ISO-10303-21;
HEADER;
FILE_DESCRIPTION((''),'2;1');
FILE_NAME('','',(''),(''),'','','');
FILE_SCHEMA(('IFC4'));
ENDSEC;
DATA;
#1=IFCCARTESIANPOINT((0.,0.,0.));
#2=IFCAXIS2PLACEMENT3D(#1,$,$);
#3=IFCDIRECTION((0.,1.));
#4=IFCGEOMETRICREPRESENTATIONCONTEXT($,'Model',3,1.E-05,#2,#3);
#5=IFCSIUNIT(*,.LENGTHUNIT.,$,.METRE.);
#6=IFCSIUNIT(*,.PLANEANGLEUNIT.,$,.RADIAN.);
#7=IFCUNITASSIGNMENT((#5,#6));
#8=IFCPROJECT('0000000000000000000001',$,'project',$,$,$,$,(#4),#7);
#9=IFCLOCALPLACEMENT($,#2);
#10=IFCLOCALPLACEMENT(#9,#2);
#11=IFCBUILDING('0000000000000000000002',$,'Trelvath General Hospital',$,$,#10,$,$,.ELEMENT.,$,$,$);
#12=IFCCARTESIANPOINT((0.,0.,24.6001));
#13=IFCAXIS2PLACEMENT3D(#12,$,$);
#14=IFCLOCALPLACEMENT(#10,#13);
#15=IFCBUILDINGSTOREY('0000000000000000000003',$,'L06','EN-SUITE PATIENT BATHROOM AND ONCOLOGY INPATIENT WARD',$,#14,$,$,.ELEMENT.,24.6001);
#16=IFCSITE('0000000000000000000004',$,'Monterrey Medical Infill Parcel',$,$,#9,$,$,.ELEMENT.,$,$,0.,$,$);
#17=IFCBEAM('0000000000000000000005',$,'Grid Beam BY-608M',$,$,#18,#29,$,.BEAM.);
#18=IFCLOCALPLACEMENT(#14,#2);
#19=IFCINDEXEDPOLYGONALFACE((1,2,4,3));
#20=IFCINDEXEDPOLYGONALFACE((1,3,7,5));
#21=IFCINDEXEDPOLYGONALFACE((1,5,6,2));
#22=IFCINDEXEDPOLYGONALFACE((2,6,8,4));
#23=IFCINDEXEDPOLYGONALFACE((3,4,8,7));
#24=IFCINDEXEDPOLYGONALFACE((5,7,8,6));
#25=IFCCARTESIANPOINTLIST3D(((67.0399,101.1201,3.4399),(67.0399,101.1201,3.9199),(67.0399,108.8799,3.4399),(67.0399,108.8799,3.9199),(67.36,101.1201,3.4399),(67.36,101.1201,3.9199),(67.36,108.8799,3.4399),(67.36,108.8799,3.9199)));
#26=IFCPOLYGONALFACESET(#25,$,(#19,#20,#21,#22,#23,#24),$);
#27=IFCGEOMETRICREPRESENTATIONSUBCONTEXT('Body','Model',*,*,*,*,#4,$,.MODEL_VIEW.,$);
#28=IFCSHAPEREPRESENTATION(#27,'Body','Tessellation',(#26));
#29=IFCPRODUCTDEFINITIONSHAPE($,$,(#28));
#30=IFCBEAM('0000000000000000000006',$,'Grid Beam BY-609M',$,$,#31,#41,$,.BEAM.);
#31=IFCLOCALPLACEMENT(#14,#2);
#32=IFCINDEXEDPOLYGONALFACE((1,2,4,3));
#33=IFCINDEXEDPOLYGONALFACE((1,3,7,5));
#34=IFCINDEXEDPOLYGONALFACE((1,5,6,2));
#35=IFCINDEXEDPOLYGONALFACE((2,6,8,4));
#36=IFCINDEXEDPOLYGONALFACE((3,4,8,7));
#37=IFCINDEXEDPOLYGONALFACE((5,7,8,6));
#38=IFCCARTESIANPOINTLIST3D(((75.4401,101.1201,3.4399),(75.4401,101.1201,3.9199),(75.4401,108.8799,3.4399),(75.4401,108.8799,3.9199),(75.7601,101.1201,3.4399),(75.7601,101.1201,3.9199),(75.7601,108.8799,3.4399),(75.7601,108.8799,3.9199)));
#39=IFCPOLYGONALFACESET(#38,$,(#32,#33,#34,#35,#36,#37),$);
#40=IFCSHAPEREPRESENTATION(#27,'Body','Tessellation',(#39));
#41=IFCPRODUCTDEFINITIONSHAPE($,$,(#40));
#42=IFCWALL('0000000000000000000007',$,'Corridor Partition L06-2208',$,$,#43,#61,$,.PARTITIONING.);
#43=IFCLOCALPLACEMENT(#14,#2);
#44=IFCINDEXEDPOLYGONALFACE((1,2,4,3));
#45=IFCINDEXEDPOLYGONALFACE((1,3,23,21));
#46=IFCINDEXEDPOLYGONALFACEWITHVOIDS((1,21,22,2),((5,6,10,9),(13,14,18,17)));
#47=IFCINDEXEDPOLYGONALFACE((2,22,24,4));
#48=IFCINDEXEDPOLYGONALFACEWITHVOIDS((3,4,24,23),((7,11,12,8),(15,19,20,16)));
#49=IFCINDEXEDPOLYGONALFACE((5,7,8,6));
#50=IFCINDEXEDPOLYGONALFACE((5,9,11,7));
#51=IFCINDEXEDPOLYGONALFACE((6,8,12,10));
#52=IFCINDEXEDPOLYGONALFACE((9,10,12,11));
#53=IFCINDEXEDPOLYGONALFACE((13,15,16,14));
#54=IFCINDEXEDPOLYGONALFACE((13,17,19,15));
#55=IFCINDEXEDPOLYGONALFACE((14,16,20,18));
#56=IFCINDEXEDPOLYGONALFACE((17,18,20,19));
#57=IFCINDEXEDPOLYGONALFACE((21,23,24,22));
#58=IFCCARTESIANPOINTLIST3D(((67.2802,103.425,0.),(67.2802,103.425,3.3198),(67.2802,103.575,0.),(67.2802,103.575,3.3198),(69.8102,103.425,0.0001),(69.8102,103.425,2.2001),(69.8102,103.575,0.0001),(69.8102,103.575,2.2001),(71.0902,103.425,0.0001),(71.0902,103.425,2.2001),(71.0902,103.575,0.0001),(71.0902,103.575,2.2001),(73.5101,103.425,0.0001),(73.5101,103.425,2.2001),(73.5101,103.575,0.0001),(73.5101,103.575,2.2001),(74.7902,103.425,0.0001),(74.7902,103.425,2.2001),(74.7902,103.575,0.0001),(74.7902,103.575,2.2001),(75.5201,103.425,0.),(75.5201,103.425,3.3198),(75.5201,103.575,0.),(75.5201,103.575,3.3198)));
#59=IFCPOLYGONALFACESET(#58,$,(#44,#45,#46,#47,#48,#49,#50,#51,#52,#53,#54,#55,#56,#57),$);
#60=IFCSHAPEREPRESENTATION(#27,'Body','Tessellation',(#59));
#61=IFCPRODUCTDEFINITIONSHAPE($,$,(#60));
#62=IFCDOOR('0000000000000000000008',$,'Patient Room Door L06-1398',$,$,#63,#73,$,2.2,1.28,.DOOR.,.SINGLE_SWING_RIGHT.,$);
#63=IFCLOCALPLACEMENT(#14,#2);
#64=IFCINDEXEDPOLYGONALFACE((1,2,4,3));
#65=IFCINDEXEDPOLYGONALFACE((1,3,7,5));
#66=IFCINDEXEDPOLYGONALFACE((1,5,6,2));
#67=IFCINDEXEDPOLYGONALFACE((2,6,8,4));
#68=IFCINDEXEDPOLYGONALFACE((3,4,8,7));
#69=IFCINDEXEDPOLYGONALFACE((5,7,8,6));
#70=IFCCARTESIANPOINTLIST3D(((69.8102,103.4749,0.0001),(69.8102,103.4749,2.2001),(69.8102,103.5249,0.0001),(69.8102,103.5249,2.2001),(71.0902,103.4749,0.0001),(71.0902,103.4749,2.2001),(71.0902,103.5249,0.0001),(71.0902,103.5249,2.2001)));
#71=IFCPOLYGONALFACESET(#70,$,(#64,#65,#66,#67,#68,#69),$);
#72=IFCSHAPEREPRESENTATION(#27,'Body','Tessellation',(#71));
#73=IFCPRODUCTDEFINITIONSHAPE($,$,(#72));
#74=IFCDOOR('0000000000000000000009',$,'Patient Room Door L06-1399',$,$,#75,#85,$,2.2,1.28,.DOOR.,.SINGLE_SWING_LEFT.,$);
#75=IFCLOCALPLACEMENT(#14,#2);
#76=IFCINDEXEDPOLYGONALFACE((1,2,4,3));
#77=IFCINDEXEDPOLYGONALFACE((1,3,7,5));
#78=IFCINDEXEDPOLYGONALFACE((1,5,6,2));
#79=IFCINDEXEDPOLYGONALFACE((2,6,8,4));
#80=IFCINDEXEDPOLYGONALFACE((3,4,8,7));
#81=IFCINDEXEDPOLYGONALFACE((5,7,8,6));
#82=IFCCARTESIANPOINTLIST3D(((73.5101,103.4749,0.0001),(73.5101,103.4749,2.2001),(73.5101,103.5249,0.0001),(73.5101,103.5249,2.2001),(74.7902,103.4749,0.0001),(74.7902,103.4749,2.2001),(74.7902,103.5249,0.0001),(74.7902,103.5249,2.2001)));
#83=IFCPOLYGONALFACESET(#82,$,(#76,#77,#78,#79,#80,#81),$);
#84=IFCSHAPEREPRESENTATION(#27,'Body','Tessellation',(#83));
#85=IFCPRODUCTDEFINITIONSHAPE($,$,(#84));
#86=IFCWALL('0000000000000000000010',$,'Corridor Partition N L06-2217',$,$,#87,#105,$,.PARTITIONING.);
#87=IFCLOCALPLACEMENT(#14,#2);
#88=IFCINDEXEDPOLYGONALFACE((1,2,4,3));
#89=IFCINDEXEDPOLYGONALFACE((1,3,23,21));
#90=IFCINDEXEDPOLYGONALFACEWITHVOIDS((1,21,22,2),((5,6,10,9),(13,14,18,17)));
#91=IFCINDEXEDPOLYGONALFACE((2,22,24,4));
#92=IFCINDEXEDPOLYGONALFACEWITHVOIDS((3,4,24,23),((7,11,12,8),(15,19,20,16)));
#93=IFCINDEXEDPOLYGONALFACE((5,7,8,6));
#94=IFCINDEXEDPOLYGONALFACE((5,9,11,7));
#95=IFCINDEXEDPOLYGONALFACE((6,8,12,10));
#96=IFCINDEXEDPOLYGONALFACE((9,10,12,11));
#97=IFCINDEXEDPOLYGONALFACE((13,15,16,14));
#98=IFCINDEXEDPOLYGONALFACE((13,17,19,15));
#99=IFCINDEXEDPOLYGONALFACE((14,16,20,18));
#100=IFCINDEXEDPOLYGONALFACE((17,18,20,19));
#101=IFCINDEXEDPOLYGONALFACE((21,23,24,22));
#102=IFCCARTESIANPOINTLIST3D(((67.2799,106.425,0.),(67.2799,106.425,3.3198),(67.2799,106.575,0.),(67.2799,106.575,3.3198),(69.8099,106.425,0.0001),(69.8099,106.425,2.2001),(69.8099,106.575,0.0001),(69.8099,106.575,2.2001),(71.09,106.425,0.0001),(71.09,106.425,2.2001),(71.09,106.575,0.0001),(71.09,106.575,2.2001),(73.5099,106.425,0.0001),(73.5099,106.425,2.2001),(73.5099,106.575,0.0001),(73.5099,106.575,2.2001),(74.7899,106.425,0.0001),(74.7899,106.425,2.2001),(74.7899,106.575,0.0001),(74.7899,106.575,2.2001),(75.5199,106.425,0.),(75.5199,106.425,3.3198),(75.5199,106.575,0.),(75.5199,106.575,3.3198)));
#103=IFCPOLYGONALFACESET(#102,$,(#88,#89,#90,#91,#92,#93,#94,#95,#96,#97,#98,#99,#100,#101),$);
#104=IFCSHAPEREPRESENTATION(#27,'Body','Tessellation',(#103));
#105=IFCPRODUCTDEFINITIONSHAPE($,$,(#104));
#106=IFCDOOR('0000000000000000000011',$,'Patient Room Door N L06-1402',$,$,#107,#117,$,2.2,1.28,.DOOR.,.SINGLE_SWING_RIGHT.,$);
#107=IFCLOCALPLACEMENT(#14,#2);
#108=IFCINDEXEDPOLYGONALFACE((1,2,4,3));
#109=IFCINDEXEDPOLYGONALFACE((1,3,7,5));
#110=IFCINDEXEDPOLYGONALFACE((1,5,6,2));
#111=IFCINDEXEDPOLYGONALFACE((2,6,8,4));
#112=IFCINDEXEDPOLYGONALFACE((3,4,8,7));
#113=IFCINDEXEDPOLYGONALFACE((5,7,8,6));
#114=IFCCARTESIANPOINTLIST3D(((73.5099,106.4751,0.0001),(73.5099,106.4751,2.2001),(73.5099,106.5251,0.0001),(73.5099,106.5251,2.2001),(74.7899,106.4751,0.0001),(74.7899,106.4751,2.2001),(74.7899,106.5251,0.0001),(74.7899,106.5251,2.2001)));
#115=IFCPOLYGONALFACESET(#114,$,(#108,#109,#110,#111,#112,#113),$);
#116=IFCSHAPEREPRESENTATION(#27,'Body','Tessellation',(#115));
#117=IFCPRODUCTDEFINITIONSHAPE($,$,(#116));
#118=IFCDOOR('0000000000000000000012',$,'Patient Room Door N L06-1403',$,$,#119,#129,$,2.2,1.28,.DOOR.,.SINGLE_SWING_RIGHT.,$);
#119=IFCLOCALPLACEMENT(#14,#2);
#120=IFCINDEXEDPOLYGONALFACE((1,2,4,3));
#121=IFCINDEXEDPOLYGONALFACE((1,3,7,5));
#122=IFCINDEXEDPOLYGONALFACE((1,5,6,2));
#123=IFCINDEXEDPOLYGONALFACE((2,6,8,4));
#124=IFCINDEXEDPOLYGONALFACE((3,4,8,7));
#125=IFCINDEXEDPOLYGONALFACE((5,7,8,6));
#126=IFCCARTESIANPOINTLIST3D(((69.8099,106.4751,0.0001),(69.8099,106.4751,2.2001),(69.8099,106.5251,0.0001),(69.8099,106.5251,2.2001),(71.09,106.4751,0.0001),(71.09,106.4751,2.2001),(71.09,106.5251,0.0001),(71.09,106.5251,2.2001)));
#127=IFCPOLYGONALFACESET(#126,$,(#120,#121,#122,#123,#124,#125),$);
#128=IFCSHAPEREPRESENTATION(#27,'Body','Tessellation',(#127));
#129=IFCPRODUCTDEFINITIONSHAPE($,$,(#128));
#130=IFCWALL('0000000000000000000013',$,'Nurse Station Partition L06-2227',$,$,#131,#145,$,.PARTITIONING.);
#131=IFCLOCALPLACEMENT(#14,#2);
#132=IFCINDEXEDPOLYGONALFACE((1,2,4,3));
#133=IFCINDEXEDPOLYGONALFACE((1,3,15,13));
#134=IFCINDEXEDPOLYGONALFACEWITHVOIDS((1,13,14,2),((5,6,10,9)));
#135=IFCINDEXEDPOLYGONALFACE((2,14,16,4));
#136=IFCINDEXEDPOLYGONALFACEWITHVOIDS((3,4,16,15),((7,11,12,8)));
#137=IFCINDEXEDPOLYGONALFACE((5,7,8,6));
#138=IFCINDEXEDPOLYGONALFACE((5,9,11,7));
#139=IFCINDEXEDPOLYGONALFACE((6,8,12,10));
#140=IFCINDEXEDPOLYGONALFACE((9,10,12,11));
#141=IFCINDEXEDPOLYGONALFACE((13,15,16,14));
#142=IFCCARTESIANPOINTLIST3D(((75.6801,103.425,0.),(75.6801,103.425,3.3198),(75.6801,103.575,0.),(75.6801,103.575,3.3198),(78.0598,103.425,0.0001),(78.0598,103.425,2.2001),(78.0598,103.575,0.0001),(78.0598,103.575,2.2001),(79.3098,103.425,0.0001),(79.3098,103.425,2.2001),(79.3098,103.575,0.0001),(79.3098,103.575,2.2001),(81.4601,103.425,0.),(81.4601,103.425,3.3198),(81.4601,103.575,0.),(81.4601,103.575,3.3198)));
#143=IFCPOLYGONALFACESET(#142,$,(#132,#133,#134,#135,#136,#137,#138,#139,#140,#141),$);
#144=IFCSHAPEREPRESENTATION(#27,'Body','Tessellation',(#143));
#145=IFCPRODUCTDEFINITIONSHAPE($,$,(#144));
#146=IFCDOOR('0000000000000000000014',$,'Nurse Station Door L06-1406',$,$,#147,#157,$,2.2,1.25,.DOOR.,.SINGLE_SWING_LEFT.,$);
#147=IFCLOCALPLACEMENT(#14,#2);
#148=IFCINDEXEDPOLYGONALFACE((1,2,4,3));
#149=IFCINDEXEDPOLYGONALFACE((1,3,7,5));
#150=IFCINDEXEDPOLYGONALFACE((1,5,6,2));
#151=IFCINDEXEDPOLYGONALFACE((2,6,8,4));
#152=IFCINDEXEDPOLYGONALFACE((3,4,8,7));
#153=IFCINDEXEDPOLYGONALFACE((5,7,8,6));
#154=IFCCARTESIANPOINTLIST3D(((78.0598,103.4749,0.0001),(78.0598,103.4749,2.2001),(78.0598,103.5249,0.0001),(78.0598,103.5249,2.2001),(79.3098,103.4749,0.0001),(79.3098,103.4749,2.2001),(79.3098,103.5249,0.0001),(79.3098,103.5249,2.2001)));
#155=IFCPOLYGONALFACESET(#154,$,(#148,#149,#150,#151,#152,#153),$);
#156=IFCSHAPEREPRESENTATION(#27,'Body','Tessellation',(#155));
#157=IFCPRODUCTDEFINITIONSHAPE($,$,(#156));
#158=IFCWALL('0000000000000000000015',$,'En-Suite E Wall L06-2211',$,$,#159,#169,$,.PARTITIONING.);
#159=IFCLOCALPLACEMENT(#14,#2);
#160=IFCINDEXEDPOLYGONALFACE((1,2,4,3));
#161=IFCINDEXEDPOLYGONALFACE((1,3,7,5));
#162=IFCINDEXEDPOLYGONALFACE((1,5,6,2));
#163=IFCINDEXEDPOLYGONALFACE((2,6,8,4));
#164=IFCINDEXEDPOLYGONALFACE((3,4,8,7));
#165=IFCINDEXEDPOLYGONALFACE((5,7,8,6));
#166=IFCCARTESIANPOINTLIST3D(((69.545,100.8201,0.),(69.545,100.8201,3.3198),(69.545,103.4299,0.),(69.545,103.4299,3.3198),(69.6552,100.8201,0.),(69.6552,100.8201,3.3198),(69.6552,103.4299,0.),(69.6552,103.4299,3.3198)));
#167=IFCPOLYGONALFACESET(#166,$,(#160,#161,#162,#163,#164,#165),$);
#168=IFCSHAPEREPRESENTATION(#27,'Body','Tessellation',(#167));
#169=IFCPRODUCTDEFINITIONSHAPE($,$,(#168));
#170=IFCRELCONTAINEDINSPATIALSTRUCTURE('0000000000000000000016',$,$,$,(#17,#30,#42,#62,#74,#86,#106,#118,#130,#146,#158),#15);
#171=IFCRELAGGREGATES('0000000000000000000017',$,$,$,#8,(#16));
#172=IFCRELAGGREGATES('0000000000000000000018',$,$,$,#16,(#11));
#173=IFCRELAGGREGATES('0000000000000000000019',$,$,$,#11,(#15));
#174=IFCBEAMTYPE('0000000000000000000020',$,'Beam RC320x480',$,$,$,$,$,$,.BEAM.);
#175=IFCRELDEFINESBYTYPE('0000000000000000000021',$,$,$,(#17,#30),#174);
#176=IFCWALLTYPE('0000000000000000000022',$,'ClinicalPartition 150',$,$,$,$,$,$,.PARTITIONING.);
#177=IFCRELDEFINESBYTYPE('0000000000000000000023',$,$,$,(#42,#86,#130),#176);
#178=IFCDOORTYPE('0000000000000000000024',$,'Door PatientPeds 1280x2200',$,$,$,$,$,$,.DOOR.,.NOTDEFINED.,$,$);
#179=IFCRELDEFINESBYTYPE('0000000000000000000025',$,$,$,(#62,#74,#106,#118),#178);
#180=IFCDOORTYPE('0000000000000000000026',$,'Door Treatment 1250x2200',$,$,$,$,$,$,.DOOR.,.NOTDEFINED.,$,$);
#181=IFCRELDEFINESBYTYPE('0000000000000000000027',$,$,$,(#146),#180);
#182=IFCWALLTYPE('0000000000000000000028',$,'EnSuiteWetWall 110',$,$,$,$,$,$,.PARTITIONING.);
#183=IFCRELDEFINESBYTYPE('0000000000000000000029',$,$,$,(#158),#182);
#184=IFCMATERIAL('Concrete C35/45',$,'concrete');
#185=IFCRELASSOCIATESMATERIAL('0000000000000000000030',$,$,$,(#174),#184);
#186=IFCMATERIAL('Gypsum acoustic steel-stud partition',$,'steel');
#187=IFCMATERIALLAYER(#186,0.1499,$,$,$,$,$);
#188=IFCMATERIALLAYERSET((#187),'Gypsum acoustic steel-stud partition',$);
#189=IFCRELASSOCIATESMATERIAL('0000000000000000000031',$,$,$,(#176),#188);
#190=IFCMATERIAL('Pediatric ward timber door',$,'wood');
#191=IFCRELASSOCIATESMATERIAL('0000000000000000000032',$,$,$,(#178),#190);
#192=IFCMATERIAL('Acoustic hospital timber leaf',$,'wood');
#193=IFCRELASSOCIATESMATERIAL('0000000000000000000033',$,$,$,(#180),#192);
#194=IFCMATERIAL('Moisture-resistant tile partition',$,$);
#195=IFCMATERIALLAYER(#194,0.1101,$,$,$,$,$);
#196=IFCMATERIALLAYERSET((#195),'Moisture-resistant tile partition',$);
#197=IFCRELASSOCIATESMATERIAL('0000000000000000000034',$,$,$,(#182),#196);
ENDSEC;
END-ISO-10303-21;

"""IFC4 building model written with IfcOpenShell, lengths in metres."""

from ifc_helpers import new_model, si_unit, direction, frame, frame_2d, origin, origin_2d, place, context, subcontext, project, spatial, rectangle, extrude, material, layer, layer_set, material_profile, profile_set, type_object, element, fill, save


model = new_model("IFC4")

# Units and contexts
model_context = context("Model", 3, precision=1e-05, world=origin(), true_north=direction((0.0, 1.0)))
body_context = subcontext(model_context, "Body", "Model", "MODEL_VIEW")
ifc_project = project(units=[si_unit("LENGTHUNIT", "METRE"), si_unit("PLANEANGLEUNIT", "RADIAN")], contexts=[model_context])

# Site, building, storey
site_placement = place(None, origin())
site = spatial("IfcSite", under=ifc_project, at=site_placement, Name="Monterrey Medical Infill Parcel", CompositionType="ELEMENT", RefElevation=0.0)
building_placement = place(site_placement, origin())
building = spatial("IfcBuilding", under=site, at=building_placement, Name="Trelvath General Hospital", CompositionType="ELEMENT")
storey_placement = place(building_placement, frame((0.0, 0.0, 24.6001)))
storey = spatial("IfcBuildingStorey", under=building, at=storey_placement, Name="L06", Description="EN-SUITE PATIENT BATHROOM AND ONCOLOGY INPATIENT WARD", CompositionType="ELEMENT", Elevation=24.6001)

# Beams
ifc_material_1 = material(Name="Concrete C35/45", Category="concrete")
ifc_material_profile = material_profile(ifc_material_1, rectangle(XDim=0.3201, YDim=0.48, at=origin_2d()), Name="RCB320x480")
ifc_profile_set = profile_set([ifc_material_profile], Name="Concrete C35/45")
beam_type = type_object("IfcBeamType", Name="Beam RC320x480", PredefinedType="BEAM", material=ifc_profile_set)
for number, where, z_axis, x_axis, name in (
    (1, (67.2, 101.1201, 3.6799), (0.0, 1.0, 0.0), (-1.0, 0.0, 0.0), "Grid Beam BY-608M"),
    (2, (75.6001, 101.1201, 3.6799), (0.0, 1.0, 0.0), (-1.0, 0.0, 0.0), "Grid Beam BY-609M"),
):
    element("IfcBeam", number, at=place(storey_placement, frame(where, z_axis=z_axis, x_axis=x_axis)), inside=storey, type_object=beam_type, Name=name, PredefinedType="BEAM", context=body_context, shape_type="SweptSolid", body=[
        extrude(rectangle(XDim=0.3201, YDim=0.48, at=origin_2d()), origin(), (0.0, 0.0, 1.0), 7.7598),
    ])

# Walls, openings, doors
ifc_material_2 = material(Name="Gypsum acoustic steel-stud partition", Category="steel")
ifc_layer_1 = layer(ifc_material_2, 0.1499)
ifc_layer_set_1 = layer_set([ifc_layer_1], Name="Gypsum acoustic steel-stud partition")
wall_type_1 = type_object("IfcWallType", Name="ClinicalPartition 150", PredefinedType="PARTITIONING", material=ifc_layer_set_1)
wall_1_placement = place(storey_placement, frame((67.28, 103.5, 0.0), z_axis=(0.0, 0.0, 1.0), x_axis=(1.0, 0.0, 0.0)))
wall_1 = element("IfcWall", 3, at=wall_1_placement, inside=storey, type_object=wall_type_1, Name="Corridor Partition L06-2208", PredefinedType="PARTITIONING", context=body_context, shape_type="SweptSolid", body=[
    extrude(rectangle(XDim=8.24, YDim=0.1499, at=frame_2d((4.1201, 0.0))), origin(), (0.0, 0.0, 1.0), 3.3198),
])
opening_1_placement = place(wall_1_placement, frame((2.53, 0.0, 0.0)))
opening_1 = element("IfcOpeningElement", 4, at=opening_1_placement, cuts=wall_1, PredefinedType="OPENING", context=body_context, shape_type="SweptSolid", body=[
    extrude(rectangle(XDim=1.28, YDim=2.2, at=frame_2d((0.6401, 1.1001))), frame((0.0, 0.085, 0.0), z_axis=(0.0, -1.0, 0.0), x_axis=(1.0, 0.0, 0.0)), (0.0, 0.0, 1.0), 0.1699),
])
opening_2_placement = place(wall_1_placement, frame((6.23, 0.0, 0.0)))
opening_2 = element("IfcOpeningElement", 5, at=opening_2_placement, cuts=wall_1, PredefinedType="OPENING", context=body_context, shape_type="SweptSolid", body=[
    extrude(rectangle(XDim=1.28, YDim=2.2, at=frame_2d((0.6401, 1.1001))), frame((0.0, 0.085, 0.0), z_axis=(0.0, -1.0, 0.0), x_axis=(1.0, 0.0, 0.0)), (0.0, 0.0, 1.0), 0.1699),
])
ifc_material_3 = material(Name="Pediatric ward timber door", Category="wood")
door_type_1 = type_object("IfcDoorType", Name="Door PatientPeds 1280x2200", OperationType="NOTDEFINED", PredefinedType="DOOR", material=ifc_material_3)
door_1_placement = place(opening_1_placement, origin())
door_1 = element("IfcDoor", 6, at=door_1_placement, inside=storey, type_object=door_type_1, Name="Patient Room Door L06-1398", OperationType="SINGLE_SWING_RIGHT", OverallHeight=2.2, OverallWidth=1.28, PredefinedType="DOOR", context=body_context, shape_type="SweptSolid", body=[
    extrude(rectangle(XDim=1.28, YDim=2.2, at=frame_2d((0.6401, 1.1001))), frame((0.0, 0.0249, 0.0), z_axis=(0.0, -1.0, 0.0), x_axis=(1.0, 0.0, 0.0)), (0.0, 0.0, 1.0), 0.05),
])
fill(opening_1, door_1)
door_2_placement = place(opening_2_placement, origin())
door_2 = element("IfcDoor", 7, at=door_2_placement, inside=storey, type_object=door_type_1, Name="Patient Room Door L06-1399", OperationType="SINGLE_SWING_LEFT", OverallHeight=2.2, OverallWidth=1.28, PredefinedType="DOOR", context=body_context, shape_type="SweptSolid", body=[
    extrude(rectangle(XDim=1.28, YDim=2.2, at=frame_2d((0.6401, 1.1001))), frame((0.0, 0.0249, 0.0), z_axis=(0.0, -1.0, 0.0), x_axis=(1.0, 0.0, 0.0)), (0.0, 0.0, 1.0), 0.05),
])
fill(opening_2, door_2)
wall_2_placement = place(storey_placement, frame((75.52, 106.5, 0.0), z_axis=(0.0, 0.0, 1.0), x_axis=(-1.0, 0.0, 0.0)))
wall_2 = element("IfcWall", 8, at=wall_2_placement, inside=storey, type_object=wall_type_1, Name="Corridor Partition N L06-2217", PredefinedType="PARTITIONING", context=body_context, shape_type="SweptSolid", body=[
    extrude(rectangle(XDim=8.24, YDim=0.1499, at=frame_2d((4.1201, 0.0))), origin(), (0.0, 0.0, 1.0), 3.3198),
])
opening_3_placement = place(wall_2_placement, frame((0.73, 0.0, 0.0)))
opening_3 = element("IfcOpeningElement", 9, at=opening_3_placement, cuts=wall_2, PredefinedType="OPENING", context=body_context, shape_type="SweptSolid", body=[
    extrude(rectangle(XDim=1.28, YDim=2.2, at=frame_2d((0.6401, 1.1001))), frame((0.0, 0.085, 0.0), z_axis=(0.0, -1.0, 0.0), x_axis=(1.0, 0.0, 0.0)), (0.0, 0.0, 1.0), 0.1699),
])
opening_4_placement = place(wall_2_placement, frame((4.4299, 0.0, 0.0)))
opening_4 = element("IfcOpeningElement", 10, at=opening_4_placement, cuts=wall_2, PredefinedType="OPENING", context=body_context, shape_type="SweptSolid", body=[
    extrude(rectangle(XDim=1.28, YDim=2.2, at=frame_2d((0.6401, 1.1001))), frame((0.0, 0.085, 0.0), z_axis=(0.0, -1.0, 0.0), x_axis=(1.0, 0.0, 0.0)), (0.0, 0.0, 1.0), 0.1699),
])
door_3_placement = place(opening_3_placement, origin())
door_3 = element("IfcDoor", 11, at=door_3_placement, inside=storey, type_object=door_type_1, Name="Patient Room Door N L06-1402", OperationType="SINGLE_SWING_RIGHT", OverallHeight=2.2, OverallWidth=1.28, PredefinedType="DOOR", context=body_context, shape_type="SweptSolid", body=[
    extrude(rectangle(XDim=1.28, YDim=2.2, at=frame_2d((0.6401, 1.1001))), frame((0.0, 0.0249, 0.0), z_axis=(0.0, -1.0, 0.0), x_axis=(1.0, 0.0, 0.0)), (0.0, 0.0, 1.0), 0.05),
])
fill(opening_3, door_3)
door_4_placement = place(opening_4_placement, origin())
door_4 = element("IfcDoor", 12, at=door_4_placement, inside=storey, type_object=door_type_1, Name="Patient Room Door N L06-1403", OperationType="SINGLE_SWING_RIGHT", OverallHeight=2.2, OverallWidth=1.28, PredefinedType="DOOR", context=body_context, shape_type="SweptSolid", body=[
    extrude(rectangle(XDim=1.28, YDim=2.2, at=frame_2d((0.6401, 1.1001))), frame((0.0, 0.0249, 0.0), z_axis=(0.0, -1.0, 0.0), x_axis=(1.0, 0.0, 0.0)), (0.0, 0.0, 1.0), 0.05),
])
fill(opening_4, door_4)

# Wall, opening, door
wall_3_placement = place(storey_placement, frame((75.6799, 103.5, 0.0), z_axis=(0.0, 0.0, 1.0), x_axis=(1.0, 0.0, 0.0)))
wall_3 = element("IfcWall", 13, at=wall_3_placement, inside=storey, type_object=wall_type_1, Name="Nurse Station Partition L06-2227", PredefinedType="PARTITIONING", context=body_context, shape_type="SweptSolid", body=[
    extrude(rectangle(XDim=5.78, YDim=0.1499, at=frame_2d((2.8901, 0.0))), origin(), (0.0, 0.0, 1.0), 3.3198),
])
opening_5_placement = place(wall_3_placement, frame((2.3799, 0.0, 0.0)))
opening_5 = element("IfcOpeningElement", 14, at=opening_5_placement, cuts=wall_3, PredefinedType="OPENING", context=body_context, shape_type="SweptSolid", body=[
    extrude(rectangle(XDim=1.25, YDim=2.2, at=frame_2d((0.625, 1.1001))), frame((0.0, 0.085, 0.0), z_axis=(0.0, -1.0, 0.0), x_axis=(1.0, 0.0, 0.0)), (0.0, 0.0, 1.0), 0.1699),
])
ifc_material_4 = material(Name="Acoustic hospital timber leaf", Category="wood")
door_type_2 = type_object("IfcDoorType", Name="Door Treatment 1250x2200", OperationType="NOTDEFINED", PredefinedType="DOOR", material=ifc_material_4)
door_5_placement = place(opening_5_placement, origin())
door_5 = element("IfcDoor", 15, at=door_5_placement, inside=storey, type_object=door_type_2, Name="Nurse Station Door L06-1406", OperationType="SINGLE_SWING_LEFT", OverallHeight=2.2, OverallWidth=1.25, PredefinedType="DOOR", context=body_context, shape_type="SweptSolid", body=[
    extrude(rectangle(XDim=1.25, YDim=2.2, at=frame_2d((0.625, 1.1001))), frame((0.0, 0.0249, 0.0), z_axis=(0.0, -1.0, 0.0), x_axis=(1.0, 0.0, 0.0)), (0.0, 0.0, 1.0), 0.05),
])
fill(opening_5, door_5)

# Wall
ifc_material_5 = material(Name="Moisture-resistant tile partition")
ifc_layer_2 = layer(ifc_material_5, 0.1101)
ifc_layer_set_2 = layer_set([ifc_layer_2], Name="Moisture-resistant tile partition")
wall_type_2 = type_object("IfcWallType", Name="EnSuiteWetWall 110", PredefinedType="PARTITIONING", material=ifc_layer_set_2)
for number, where, z_axis, x_axis, name in (
    (16, (69.6001, 100.8201, 0.0), (0.0, 0.0, 1.0), (0.0, 1.0, 0.0), "En-Suite E Wall L06-2211"),
):
    element("IfcWall", number, at=place(storey_placement, frame(where, z_axis=z_axis, x_axis=x_axis)), inside=storey, type_object=wall_type_2, Name=name, PredefinedType="PARTITIONING", context=body_context, shape_type="SweptSolid", body=[
        extrude(rectangle(XDim=2.6099, YDim=0.1101, at=frame_2d((1.3049, 0.0))), origin(), (0.0, 0.0, 1.0), 3.3198),
    ])

save(model, "model.ifc")
